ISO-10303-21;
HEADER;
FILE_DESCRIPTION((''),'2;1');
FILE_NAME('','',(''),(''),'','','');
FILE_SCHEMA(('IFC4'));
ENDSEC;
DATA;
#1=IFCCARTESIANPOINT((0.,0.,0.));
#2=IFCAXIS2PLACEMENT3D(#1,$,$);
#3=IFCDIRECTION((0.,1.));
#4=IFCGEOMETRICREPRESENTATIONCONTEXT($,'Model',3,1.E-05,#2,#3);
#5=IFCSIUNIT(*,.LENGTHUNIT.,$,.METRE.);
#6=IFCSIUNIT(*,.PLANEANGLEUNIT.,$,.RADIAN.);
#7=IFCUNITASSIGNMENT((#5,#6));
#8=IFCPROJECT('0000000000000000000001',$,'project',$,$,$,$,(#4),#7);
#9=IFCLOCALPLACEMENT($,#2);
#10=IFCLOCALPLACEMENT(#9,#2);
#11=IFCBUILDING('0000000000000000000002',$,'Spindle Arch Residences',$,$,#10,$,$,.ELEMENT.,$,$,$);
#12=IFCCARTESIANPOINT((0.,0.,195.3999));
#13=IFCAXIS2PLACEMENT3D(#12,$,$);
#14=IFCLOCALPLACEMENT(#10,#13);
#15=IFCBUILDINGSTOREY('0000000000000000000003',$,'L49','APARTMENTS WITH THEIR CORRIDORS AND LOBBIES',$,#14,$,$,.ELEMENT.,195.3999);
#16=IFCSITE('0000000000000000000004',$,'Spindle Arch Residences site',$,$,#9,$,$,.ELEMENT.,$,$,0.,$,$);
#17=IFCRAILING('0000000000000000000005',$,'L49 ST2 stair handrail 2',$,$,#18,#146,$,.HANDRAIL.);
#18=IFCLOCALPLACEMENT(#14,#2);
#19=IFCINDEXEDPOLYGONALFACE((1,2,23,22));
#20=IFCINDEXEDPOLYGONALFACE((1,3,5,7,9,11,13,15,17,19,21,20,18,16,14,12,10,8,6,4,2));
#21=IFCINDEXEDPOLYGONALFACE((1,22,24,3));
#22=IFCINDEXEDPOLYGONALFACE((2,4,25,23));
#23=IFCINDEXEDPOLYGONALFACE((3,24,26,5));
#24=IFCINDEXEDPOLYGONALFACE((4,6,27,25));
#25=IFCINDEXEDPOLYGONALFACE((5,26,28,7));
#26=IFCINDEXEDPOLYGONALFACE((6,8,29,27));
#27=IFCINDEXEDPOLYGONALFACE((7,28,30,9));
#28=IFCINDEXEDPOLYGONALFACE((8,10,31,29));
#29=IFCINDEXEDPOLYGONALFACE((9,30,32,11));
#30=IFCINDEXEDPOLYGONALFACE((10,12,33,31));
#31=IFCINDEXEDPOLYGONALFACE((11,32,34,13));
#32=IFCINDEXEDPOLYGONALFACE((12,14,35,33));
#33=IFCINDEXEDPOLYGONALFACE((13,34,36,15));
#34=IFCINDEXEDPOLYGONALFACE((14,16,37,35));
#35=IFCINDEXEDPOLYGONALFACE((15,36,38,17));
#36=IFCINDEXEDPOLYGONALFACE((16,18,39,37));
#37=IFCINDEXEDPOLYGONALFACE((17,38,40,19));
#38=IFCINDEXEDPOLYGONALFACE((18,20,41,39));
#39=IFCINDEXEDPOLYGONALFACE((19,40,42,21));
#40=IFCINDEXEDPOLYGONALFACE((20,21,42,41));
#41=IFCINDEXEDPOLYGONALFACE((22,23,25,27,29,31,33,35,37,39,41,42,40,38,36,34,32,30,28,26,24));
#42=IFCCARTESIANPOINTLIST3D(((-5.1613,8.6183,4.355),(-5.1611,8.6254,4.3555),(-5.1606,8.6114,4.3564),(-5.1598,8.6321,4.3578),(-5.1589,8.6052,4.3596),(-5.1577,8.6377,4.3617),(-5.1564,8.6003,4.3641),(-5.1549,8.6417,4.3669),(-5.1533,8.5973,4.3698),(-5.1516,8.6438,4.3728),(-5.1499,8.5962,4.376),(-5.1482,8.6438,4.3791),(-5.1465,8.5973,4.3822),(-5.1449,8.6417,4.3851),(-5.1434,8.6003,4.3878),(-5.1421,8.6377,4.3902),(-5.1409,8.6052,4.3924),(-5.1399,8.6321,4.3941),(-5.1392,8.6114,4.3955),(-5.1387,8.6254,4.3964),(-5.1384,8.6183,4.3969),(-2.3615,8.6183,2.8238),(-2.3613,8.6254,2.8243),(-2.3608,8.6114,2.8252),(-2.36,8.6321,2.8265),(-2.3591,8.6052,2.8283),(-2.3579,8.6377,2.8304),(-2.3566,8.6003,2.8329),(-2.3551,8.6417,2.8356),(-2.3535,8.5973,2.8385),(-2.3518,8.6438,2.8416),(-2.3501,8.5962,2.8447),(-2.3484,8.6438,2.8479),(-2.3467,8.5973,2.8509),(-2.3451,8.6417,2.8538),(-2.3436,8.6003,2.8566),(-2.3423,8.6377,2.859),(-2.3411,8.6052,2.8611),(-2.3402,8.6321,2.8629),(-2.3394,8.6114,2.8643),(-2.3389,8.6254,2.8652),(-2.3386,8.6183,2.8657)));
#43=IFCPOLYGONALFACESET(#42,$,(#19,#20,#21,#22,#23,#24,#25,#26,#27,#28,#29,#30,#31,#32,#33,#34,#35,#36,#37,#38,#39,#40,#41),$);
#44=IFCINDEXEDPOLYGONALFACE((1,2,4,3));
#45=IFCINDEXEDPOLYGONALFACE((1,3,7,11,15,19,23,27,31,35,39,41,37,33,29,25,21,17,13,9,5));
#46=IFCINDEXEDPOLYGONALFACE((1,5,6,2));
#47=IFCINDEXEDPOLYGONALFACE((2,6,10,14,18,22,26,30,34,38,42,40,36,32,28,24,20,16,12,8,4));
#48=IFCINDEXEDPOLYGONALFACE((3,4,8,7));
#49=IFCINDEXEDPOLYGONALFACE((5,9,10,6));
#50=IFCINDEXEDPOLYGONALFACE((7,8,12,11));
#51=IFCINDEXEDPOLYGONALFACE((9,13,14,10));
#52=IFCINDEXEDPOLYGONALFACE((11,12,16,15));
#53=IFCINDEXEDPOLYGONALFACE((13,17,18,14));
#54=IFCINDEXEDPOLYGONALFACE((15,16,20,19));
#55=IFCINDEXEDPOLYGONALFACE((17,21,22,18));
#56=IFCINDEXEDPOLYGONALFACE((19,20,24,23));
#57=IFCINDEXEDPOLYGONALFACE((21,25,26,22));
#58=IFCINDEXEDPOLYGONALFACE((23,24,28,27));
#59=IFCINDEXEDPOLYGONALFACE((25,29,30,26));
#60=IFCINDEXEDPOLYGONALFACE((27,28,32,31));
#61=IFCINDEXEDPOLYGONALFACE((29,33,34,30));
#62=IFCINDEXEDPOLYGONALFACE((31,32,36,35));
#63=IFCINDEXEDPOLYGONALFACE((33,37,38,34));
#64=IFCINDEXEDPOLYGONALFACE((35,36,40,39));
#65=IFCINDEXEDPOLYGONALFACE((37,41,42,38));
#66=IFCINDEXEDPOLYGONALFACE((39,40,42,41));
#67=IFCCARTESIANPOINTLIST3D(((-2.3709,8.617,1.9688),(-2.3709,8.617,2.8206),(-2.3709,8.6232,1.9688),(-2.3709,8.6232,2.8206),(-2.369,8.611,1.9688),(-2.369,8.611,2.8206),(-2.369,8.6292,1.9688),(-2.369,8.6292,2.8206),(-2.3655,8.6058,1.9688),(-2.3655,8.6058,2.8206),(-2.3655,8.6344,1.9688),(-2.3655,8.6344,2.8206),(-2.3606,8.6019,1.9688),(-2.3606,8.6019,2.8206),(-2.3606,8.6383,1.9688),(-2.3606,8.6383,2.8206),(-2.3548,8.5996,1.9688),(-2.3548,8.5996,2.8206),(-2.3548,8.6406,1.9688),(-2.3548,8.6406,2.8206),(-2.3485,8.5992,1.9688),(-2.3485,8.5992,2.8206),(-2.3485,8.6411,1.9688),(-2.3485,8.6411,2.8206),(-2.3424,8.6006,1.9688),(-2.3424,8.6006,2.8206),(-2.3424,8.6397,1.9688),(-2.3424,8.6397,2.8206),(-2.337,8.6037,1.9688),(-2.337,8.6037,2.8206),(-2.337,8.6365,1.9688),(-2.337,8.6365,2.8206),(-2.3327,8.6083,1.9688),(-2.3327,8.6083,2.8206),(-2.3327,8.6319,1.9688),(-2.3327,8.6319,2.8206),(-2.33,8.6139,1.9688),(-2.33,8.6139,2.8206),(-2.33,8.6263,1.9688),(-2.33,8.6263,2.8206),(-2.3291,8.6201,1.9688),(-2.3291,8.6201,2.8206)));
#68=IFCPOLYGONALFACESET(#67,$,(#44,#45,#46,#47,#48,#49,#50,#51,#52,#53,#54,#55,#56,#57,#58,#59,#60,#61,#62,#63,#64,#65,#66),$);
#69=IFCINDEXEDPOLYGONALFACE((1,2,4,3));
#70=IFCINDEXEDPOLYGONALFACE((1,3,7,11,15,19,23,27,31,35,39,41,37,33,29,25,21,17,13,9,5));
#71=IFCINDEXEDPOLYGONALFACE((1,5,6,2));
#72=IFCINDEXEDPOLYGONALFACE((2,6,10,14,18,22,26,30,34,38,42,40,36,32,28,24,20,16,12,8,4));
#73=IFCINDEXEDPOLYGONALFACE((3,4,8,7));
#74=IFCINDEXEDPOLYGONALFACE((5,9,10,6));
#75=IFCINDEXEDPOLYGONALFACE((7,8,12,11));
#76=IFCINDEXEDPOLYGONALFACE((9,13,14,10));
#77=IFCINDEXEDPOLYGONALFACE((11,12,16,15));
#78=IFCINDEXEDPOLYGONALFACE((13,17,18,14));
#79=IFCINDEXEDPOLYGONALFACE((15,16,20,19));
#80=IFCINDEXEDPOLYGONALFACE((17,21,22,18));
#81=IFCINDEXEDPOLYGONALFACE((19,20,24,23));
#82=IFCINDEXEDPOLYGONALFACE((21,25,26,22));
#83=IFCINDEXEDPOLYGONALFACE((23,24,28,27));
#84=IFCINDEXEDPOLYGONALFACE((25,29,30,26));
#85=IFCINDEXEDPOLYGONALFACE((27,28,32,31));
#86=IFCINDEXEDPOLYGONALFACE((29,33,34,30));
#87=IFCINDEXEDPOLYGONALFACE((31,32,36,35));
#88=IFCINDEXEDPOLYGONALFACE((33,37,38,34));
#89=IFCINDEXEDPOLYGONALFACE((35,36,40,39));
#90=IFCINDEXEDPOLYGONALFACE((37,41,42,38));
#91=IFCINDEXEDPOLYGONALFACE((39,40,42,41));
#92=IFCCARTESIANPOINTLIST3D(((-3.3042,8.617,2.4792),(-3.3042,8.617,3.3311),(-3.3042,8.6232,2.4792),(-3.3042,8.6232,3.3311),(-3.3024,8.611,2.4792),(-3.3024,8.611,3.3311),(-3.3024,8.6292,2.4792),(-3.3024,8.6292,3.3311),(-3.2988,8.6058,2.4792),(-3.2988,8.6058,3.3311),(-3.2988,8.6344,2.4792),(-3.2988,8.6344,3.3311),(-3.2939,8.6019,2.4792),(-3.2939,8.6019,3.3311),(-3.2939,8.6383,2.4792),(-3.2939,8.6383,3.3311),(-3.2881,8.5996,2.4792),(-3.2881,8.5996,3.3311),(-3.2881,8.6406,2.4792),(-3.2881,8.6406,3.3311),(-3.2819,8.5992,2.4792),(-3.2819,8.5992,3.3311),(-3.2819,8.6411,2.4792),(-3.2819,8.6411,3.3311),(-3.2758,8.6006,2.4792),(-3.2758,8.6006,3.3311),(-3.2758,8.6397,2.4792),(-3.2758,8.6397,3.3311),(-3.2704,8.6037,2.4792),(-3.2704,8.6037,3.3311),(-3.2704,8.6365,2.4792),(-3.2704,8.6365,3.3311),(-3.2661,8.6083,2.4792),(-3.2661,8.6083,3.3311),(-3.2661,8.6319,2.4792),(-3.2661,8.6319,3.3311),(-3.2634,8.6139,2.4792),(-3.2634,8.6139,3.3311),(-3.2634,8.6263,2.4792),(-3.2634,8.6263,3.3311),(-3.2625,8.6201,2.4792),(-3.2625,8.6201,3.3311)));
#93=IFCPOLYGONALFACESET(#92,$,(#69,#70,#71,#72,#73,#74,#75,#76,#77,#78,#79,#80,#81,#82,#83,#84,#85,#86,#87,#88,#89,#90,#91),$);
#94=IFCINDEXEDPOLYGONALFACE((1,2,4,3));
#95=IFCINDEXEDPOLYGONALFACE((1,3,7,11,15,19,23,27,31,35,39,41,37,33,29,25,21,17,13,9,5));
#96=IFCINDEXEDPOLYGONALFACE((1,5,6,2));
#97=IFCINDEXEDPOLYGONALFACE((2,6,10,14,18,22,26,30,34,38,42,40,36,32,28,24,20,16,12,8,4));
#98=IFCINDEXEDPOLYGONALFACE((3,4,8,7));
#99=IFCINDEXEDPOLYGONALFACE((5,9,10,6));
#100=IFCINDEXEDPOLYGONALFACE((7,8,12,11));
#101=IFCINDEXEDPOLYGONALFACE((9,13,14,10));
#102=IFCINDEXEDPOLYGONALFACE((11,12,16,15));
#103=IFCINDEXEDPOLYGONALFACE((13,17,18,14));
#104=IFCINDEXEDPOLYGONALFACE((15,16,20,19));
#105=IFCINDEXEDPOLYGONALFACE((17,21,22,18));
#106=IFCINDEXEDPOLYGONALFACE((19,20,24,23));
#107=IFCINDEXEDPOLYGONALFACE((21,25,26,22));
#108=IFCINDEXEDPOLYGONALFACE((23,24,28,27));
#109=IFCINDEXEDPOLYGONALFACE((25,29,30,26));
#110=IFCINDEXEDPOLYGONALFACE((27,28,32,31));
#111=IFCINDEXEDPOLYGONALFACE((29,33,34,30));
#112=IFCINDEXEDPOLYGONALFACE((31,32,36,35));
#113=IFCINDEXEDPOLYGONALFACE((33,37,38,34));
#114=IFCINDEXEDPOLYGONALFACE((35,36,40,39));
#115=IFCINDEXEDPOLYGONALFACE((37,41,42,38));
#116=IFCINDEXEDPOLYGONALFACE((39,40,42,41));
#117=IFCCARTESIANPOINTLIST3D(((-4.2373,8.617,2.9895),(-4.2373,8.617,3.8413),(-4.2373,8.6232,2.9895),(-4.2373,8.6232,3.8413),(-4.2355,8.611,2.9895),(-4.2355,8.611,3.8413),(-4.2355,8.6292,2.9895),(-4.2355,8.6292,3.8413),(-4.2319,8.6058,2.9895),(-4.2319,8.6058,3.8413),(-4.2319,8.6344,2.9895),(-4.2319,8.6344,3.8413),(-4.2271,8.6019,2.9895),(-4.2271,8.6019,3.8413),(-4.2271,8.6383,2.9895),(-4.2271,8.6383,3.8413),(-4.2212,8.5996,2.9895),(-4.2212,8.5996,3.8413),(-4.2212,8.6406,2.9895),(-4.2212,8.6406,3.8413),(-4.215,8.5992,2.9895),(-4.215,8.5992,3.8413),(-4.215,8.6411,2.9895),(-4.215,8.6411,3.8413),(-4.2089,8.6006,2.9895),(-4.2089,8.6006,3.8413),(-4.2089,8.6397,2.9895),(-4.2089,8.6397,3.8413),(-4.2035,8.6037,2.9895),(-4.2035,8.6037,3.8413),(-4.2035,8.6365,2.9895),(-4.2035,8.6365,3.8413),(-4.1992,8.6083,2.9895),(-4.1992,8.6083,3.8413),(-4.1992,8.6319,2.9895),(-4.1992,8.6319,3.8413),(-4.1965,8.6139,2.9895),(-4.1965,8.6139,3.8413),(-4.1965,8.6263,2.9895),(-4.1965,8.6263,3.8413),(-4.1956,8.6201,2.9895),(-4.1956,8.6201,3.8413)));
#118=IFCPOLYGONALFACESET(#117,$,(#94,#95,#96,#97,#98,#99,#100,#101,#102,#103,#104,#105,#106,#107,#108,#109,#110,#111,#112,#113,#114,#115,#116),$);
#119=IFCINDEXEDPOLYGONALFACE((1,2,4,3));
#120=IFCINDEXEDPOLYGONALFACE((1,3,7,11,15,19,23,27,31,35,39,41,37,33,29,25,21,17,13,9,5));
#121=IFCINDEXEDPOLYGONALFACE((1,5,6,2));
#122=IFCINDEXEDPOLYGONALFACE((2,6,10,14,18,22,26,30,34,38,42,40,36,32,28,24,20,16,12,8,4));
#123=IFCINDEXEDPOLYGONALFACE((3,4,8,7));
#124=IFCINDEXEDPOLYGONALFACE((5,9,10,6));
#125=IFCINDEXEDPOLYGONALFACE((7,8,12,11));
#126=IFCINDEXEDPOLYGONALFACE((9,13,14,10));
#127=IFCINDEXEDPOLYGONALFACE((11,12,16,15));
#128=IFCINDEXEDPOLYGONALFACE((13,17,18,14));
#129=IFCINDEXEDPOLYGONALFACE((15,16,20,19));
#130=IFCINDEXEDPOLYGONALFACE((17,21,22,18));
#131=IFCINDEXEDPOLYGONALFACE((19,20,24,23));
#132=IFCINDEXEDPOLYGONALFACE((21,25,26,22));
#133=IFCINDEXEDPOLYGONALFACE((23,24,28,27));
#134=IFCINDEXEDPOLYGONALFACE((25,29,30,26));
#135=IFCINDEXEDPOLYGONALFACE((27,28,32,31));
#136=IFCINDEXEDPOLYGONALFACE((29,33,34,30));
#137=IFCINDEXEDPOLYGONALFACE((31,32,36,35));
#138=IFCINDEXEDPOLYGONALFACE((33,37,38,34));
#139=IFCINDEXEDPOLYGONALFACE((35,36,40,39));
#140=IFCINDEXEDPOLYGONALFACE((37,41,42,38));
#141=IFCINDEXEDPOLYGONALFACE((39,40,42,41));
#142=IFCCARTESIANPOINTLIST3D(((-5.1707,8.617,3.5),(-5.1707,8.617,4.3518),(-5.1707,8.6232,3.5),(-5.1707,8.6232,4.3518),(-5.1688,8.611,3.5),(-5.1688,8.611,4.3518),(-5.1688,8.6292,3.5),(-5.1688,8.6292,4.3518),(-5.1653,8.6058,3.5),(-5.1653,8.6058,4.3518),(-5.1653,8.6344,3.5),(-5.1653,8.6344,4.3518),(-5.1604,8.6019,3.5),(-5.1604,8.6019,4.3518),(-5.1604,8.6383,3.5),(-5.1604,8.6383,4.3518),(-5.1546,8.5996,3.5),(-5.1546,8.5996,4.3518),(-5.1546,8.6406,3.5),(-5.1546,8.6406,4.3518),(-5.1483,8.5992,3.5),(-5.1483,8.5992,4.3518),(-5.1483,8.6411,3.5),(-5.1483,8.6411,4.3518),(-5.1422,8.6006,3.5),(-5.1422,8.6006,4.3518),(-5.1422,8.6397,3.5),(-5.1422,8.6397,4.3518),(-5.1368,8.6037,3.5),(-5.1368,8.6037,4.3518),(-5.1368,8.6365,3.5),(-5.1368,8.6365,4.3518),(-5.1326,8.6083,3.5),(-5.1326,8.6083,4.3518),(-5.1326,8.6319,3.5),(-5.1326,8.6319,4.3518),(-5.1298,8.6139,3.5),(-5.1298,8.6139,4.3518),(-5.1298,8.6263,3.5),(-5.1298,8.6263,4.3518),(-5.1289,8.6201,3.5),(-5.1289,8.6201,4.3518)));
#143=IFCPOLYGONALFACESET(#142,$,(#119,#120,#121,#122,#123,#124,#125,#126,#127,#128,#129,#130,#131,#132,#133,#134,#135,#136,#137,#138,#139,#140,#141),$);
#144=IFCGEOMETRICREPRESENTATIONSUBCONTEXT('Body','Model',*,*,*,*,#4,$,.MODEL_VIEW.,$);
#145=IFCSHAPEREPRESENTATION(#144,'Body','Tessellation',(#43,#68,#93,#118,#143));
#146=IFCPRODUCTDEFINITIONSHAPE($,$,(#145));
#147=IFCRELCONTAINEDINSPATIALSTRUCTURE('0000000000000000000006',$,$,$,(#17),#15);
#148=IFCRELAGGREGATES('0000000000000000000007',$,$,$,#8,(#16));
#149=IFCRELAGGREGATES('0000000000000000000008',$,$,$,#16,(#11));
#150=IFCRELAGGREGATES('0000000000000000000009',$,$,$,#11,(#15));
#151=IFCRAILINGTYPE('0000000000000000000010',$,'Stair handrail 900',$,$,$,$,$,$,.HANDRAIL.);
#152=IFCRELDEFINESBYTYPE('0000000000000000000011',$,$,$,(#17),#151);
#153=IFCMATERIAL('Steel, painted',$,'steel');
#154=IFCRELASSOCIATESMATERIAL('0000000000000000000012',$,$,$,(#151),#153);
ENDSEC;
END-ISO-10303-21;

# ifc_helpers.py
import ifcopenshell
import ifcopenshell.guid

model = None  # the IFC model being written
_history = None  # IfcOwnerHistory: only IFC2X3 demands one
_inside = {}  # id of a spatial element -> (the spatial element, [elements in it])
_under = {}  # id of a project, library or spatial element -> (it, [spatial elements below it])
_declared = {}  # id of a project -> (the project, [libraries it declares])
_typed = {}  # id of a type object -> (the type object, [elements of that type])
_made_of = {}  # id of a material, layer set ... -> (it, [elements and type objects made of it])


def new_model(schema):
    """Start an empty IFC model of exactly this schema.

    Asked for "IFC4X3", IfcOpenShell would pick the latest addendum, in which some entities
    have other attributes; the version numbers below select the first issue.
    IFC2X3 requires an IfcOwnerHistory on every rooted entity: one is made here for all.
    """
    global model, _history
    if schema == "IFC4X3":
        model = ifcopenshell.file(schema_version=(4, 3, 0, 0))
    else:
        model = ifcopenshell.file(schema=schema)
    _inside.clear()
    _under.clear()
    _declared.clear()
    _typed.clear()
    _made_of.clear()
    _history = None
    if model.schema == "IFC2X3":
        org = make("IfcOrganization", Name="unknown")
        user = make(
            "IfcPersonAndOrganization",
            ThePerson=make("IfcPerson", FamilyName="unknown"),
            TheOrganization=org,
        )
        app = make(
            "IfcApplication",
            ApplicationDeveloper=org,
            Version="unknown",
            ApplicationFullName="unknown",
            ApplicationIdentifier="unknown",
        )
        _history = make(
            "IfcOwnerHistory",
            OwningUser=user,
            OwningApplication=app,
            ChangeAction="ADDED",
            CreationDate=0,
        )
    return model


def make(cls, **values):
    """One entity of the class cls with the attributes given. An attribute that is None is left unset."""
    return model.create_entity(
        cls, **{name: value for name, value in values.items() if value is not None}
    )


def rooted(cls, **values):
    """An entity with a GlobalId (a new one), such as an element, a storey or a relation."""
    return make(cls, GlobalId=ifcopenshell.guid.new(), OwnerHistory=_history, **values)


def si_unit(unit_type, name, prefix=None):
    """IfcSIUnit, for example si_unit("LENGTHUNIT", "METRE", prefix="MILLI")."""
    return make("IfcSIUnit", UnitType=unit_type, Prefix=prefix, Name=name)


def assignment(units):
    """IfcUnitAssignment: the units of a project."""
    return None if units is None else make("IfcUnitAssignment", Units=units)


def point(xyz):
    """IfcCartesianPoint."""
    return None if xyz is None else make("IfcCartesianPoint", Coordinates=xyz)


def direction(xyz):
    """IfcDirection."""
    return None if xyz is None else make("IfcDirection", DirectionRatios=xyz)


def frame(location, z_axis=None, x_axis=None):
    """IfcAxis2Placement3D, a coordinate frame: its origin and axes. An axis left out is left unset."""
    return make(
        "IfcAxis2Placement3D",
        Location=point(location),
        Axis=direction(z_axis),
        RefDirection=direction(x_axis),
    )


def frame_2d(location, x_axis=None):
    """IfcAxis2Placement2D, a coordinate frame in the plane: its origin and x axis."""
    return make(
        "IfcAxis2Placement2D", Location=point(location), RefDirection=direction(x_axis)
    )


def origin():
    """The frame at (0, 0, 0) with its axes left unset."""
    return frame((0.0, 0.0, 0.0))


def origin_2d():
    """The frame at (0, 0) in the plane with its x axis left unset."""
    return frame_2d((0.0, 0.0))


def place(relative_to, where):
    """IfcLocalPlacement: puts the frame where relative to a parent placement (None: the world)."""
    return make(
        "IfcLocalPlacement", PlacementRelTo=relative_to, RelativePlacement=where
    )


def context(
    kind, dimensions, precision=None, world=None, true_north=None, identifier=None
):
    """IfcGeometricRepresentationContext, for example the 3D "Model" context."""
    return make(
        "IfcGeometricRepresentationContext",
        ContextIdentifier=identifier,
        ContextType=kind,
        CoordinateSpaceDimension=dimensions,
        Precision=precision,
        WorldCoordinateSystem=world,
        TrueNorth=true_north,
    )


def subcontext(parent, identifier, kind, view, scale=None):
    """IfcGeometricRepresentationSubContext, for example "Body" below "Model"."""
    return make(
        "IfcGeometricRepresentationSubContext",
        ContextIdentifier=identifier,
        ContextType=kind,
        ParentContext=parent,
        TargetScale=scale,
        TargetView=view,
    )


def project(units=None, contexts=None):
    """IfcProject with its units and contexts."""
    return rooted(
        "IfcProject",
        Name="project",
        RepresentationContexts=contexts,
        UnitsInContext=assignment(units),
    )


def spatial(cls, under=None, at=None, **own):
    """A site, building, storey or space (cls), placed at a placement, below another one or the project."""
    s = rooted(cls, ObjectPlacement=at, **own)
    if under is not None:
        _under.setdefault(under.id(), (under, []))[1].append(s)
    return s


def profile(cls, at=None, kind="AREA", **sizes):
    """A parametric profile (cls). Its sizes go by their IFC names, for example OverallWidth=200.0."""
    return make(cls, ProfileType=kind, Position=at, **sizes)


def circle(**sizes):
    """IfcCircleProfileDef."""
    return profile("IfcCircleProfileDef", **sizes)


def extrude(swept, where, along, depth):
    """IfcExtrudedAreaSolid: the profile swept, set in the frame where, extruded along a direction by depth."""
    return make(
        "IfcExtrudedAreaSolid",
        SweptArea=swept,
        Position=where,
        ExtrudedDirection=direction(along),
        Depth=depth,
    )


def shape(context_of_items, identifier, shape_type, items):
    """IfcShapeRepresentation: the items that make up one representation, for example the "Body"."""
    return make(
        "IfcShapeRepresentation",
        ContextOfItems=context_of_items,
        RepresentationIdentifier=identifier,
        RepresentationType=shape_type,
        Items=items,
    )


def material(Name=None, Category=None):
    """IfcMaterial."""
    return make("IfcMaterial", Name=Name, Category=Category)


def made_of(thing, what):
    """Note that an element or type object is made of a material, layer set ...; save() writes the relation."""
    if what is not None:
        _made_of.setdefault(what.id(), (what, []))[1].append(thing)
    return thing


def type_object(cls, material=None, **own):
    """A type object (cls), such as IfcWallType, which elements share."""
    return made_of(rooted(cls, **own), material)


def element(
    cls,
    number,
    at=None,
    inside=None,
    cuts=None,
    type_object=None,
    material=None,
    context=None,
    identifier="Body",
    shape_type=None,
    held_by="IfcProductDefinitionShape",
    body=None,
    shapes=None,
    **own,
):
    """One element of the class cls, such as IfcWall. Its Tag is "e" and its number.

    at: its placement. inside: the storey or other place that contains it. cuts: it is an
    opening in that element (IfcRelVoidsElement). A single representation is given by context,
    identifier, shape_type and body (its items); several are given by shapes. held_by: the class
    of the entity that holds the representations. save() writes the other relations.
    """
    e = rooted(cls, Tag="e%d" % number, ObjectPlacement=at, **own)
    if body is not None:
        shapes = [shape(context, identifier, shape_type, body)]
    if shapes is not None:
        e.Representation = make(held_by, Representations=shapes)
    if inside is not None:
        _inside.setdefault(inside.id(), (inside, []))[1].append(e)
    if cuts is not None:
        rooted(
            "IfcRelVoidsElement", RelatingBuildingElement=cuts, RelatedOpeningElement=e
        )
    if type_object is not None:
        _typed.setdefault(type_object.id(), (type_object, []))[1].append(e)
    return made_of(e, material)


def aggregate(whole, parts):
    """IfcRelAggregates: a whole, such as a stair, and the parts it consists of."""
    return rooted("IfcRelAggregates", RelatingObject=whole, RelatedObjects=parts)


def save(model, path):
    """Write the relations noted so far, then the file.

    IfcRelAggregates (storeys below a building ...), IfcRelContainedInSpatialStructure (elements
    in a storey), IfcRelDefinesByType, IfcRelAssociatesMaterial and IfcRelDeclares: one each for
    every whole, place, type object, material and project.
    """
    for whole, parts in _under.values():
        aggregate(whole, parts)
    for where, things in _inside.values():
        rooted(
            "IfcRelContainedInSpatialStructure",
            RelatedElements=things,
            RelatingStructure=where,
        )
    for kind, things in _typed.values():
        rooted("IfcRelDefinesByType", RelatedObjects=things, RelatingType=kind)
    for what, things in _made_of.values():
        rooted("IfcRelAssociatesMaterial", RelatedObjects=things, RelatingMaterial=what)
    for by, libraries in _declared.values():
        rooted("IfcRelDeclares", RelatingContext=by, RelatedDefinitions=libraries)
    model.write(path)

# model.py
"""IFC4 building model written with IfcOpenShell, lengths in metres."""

from ifc_helpers import new_model, si_unit, direction, frame, origin, origin_2d, place, context, subcontext, project, spatial, circle, extrude, material, type_object, element, save


model = new_model("IFC4")

# Units and contexts
model_context = context("Model", 3, precision=1e-05, world=origin(), true_north=direction((0.0, 1.0)))
body_context = subcontext(model_context, "Body", "Model", "MODEL_VIEW")
ifc_project = project(units=[si_unit("LENGTHUNIT", "METRE"), si_unit("PLANEANGLEUNIT", "RADIAN")], contexts=[model_context])

# Site, building, storey
site_placement = place(None, origin())
site = spatial("IfcSite", under=ifc_project, at=site_placement, Name="Spindle Arch Residences site", CompositionType="ELEMENT", RefElevation=0.0)
building_placement = place(site_placement, origin())
building = spatial("IfcBuilding", under=site, at=building_placement, Name="Spindle Arch Residences", CompositionType="ELEMENT")
storey_placement = place(building_placement, frame((0.0, 0.0, 195.3999)))
storey = spatial("IfcBuildingStorey", under=building, at=storey_placement, Name="L49", Description="APARTMENTS WITH THEIR CORRIDORS AND LOBBIES", CompositionType="ELEMENT", Elevation=195.3999)

# Railing
ifc_material_1 = material(Name="Steel, painted", Category="steel")
railing_type = type_object("IfcRailingType", Name="Stair handrail 900", PredefinedType="HANDRAIL", material=ifc_material_1)
railing_1_placement = place(storey_placement, frame((-2.3501, 8.6201, 1.9688)))
element("IfcRailing", 1, at=railing_1_placement, inside=storey, type_object=railing_type, Name="L49 ST2 stair handrail 2", PredefinedType="HANDRAIL", context=body_context, shape_type="SweptSolid", body=[
    extrude(circle(Radius=0.0239, at=origin_2d()), frame((0.0, 0.0, 0.876), z_axis=(-0.877357, 0.0, 0.479838), x_axis=(0.0, -1.0, 0.0)), (0.0, 0.0, 1.0), 3.1912),
    extrude(circle(Radius=0.021, at=origin_2d()), origin(), (0.0, 0.0, 1.0), 0.8518),
    extrude(circle(Radius=0.021, at=origin_2d()), frame((-0.9333, 0.0, 0.5105)), (0.0, 0.0, 1.0), 0.8518),
    extrude(circle(Radius=0.021, at=origin_2d()), frame((-1.8665, 0.0, 1.0208)), (0.0, 0.0, 1.0), 0.8518),
    extrude(circle(Radius=0.021, at=origin_2d()), frame((-2.7998, 0.0, 1.5312)), (0.0, 0.0, 1.0), 0.8518),
])

save(model, "model.ifc")
